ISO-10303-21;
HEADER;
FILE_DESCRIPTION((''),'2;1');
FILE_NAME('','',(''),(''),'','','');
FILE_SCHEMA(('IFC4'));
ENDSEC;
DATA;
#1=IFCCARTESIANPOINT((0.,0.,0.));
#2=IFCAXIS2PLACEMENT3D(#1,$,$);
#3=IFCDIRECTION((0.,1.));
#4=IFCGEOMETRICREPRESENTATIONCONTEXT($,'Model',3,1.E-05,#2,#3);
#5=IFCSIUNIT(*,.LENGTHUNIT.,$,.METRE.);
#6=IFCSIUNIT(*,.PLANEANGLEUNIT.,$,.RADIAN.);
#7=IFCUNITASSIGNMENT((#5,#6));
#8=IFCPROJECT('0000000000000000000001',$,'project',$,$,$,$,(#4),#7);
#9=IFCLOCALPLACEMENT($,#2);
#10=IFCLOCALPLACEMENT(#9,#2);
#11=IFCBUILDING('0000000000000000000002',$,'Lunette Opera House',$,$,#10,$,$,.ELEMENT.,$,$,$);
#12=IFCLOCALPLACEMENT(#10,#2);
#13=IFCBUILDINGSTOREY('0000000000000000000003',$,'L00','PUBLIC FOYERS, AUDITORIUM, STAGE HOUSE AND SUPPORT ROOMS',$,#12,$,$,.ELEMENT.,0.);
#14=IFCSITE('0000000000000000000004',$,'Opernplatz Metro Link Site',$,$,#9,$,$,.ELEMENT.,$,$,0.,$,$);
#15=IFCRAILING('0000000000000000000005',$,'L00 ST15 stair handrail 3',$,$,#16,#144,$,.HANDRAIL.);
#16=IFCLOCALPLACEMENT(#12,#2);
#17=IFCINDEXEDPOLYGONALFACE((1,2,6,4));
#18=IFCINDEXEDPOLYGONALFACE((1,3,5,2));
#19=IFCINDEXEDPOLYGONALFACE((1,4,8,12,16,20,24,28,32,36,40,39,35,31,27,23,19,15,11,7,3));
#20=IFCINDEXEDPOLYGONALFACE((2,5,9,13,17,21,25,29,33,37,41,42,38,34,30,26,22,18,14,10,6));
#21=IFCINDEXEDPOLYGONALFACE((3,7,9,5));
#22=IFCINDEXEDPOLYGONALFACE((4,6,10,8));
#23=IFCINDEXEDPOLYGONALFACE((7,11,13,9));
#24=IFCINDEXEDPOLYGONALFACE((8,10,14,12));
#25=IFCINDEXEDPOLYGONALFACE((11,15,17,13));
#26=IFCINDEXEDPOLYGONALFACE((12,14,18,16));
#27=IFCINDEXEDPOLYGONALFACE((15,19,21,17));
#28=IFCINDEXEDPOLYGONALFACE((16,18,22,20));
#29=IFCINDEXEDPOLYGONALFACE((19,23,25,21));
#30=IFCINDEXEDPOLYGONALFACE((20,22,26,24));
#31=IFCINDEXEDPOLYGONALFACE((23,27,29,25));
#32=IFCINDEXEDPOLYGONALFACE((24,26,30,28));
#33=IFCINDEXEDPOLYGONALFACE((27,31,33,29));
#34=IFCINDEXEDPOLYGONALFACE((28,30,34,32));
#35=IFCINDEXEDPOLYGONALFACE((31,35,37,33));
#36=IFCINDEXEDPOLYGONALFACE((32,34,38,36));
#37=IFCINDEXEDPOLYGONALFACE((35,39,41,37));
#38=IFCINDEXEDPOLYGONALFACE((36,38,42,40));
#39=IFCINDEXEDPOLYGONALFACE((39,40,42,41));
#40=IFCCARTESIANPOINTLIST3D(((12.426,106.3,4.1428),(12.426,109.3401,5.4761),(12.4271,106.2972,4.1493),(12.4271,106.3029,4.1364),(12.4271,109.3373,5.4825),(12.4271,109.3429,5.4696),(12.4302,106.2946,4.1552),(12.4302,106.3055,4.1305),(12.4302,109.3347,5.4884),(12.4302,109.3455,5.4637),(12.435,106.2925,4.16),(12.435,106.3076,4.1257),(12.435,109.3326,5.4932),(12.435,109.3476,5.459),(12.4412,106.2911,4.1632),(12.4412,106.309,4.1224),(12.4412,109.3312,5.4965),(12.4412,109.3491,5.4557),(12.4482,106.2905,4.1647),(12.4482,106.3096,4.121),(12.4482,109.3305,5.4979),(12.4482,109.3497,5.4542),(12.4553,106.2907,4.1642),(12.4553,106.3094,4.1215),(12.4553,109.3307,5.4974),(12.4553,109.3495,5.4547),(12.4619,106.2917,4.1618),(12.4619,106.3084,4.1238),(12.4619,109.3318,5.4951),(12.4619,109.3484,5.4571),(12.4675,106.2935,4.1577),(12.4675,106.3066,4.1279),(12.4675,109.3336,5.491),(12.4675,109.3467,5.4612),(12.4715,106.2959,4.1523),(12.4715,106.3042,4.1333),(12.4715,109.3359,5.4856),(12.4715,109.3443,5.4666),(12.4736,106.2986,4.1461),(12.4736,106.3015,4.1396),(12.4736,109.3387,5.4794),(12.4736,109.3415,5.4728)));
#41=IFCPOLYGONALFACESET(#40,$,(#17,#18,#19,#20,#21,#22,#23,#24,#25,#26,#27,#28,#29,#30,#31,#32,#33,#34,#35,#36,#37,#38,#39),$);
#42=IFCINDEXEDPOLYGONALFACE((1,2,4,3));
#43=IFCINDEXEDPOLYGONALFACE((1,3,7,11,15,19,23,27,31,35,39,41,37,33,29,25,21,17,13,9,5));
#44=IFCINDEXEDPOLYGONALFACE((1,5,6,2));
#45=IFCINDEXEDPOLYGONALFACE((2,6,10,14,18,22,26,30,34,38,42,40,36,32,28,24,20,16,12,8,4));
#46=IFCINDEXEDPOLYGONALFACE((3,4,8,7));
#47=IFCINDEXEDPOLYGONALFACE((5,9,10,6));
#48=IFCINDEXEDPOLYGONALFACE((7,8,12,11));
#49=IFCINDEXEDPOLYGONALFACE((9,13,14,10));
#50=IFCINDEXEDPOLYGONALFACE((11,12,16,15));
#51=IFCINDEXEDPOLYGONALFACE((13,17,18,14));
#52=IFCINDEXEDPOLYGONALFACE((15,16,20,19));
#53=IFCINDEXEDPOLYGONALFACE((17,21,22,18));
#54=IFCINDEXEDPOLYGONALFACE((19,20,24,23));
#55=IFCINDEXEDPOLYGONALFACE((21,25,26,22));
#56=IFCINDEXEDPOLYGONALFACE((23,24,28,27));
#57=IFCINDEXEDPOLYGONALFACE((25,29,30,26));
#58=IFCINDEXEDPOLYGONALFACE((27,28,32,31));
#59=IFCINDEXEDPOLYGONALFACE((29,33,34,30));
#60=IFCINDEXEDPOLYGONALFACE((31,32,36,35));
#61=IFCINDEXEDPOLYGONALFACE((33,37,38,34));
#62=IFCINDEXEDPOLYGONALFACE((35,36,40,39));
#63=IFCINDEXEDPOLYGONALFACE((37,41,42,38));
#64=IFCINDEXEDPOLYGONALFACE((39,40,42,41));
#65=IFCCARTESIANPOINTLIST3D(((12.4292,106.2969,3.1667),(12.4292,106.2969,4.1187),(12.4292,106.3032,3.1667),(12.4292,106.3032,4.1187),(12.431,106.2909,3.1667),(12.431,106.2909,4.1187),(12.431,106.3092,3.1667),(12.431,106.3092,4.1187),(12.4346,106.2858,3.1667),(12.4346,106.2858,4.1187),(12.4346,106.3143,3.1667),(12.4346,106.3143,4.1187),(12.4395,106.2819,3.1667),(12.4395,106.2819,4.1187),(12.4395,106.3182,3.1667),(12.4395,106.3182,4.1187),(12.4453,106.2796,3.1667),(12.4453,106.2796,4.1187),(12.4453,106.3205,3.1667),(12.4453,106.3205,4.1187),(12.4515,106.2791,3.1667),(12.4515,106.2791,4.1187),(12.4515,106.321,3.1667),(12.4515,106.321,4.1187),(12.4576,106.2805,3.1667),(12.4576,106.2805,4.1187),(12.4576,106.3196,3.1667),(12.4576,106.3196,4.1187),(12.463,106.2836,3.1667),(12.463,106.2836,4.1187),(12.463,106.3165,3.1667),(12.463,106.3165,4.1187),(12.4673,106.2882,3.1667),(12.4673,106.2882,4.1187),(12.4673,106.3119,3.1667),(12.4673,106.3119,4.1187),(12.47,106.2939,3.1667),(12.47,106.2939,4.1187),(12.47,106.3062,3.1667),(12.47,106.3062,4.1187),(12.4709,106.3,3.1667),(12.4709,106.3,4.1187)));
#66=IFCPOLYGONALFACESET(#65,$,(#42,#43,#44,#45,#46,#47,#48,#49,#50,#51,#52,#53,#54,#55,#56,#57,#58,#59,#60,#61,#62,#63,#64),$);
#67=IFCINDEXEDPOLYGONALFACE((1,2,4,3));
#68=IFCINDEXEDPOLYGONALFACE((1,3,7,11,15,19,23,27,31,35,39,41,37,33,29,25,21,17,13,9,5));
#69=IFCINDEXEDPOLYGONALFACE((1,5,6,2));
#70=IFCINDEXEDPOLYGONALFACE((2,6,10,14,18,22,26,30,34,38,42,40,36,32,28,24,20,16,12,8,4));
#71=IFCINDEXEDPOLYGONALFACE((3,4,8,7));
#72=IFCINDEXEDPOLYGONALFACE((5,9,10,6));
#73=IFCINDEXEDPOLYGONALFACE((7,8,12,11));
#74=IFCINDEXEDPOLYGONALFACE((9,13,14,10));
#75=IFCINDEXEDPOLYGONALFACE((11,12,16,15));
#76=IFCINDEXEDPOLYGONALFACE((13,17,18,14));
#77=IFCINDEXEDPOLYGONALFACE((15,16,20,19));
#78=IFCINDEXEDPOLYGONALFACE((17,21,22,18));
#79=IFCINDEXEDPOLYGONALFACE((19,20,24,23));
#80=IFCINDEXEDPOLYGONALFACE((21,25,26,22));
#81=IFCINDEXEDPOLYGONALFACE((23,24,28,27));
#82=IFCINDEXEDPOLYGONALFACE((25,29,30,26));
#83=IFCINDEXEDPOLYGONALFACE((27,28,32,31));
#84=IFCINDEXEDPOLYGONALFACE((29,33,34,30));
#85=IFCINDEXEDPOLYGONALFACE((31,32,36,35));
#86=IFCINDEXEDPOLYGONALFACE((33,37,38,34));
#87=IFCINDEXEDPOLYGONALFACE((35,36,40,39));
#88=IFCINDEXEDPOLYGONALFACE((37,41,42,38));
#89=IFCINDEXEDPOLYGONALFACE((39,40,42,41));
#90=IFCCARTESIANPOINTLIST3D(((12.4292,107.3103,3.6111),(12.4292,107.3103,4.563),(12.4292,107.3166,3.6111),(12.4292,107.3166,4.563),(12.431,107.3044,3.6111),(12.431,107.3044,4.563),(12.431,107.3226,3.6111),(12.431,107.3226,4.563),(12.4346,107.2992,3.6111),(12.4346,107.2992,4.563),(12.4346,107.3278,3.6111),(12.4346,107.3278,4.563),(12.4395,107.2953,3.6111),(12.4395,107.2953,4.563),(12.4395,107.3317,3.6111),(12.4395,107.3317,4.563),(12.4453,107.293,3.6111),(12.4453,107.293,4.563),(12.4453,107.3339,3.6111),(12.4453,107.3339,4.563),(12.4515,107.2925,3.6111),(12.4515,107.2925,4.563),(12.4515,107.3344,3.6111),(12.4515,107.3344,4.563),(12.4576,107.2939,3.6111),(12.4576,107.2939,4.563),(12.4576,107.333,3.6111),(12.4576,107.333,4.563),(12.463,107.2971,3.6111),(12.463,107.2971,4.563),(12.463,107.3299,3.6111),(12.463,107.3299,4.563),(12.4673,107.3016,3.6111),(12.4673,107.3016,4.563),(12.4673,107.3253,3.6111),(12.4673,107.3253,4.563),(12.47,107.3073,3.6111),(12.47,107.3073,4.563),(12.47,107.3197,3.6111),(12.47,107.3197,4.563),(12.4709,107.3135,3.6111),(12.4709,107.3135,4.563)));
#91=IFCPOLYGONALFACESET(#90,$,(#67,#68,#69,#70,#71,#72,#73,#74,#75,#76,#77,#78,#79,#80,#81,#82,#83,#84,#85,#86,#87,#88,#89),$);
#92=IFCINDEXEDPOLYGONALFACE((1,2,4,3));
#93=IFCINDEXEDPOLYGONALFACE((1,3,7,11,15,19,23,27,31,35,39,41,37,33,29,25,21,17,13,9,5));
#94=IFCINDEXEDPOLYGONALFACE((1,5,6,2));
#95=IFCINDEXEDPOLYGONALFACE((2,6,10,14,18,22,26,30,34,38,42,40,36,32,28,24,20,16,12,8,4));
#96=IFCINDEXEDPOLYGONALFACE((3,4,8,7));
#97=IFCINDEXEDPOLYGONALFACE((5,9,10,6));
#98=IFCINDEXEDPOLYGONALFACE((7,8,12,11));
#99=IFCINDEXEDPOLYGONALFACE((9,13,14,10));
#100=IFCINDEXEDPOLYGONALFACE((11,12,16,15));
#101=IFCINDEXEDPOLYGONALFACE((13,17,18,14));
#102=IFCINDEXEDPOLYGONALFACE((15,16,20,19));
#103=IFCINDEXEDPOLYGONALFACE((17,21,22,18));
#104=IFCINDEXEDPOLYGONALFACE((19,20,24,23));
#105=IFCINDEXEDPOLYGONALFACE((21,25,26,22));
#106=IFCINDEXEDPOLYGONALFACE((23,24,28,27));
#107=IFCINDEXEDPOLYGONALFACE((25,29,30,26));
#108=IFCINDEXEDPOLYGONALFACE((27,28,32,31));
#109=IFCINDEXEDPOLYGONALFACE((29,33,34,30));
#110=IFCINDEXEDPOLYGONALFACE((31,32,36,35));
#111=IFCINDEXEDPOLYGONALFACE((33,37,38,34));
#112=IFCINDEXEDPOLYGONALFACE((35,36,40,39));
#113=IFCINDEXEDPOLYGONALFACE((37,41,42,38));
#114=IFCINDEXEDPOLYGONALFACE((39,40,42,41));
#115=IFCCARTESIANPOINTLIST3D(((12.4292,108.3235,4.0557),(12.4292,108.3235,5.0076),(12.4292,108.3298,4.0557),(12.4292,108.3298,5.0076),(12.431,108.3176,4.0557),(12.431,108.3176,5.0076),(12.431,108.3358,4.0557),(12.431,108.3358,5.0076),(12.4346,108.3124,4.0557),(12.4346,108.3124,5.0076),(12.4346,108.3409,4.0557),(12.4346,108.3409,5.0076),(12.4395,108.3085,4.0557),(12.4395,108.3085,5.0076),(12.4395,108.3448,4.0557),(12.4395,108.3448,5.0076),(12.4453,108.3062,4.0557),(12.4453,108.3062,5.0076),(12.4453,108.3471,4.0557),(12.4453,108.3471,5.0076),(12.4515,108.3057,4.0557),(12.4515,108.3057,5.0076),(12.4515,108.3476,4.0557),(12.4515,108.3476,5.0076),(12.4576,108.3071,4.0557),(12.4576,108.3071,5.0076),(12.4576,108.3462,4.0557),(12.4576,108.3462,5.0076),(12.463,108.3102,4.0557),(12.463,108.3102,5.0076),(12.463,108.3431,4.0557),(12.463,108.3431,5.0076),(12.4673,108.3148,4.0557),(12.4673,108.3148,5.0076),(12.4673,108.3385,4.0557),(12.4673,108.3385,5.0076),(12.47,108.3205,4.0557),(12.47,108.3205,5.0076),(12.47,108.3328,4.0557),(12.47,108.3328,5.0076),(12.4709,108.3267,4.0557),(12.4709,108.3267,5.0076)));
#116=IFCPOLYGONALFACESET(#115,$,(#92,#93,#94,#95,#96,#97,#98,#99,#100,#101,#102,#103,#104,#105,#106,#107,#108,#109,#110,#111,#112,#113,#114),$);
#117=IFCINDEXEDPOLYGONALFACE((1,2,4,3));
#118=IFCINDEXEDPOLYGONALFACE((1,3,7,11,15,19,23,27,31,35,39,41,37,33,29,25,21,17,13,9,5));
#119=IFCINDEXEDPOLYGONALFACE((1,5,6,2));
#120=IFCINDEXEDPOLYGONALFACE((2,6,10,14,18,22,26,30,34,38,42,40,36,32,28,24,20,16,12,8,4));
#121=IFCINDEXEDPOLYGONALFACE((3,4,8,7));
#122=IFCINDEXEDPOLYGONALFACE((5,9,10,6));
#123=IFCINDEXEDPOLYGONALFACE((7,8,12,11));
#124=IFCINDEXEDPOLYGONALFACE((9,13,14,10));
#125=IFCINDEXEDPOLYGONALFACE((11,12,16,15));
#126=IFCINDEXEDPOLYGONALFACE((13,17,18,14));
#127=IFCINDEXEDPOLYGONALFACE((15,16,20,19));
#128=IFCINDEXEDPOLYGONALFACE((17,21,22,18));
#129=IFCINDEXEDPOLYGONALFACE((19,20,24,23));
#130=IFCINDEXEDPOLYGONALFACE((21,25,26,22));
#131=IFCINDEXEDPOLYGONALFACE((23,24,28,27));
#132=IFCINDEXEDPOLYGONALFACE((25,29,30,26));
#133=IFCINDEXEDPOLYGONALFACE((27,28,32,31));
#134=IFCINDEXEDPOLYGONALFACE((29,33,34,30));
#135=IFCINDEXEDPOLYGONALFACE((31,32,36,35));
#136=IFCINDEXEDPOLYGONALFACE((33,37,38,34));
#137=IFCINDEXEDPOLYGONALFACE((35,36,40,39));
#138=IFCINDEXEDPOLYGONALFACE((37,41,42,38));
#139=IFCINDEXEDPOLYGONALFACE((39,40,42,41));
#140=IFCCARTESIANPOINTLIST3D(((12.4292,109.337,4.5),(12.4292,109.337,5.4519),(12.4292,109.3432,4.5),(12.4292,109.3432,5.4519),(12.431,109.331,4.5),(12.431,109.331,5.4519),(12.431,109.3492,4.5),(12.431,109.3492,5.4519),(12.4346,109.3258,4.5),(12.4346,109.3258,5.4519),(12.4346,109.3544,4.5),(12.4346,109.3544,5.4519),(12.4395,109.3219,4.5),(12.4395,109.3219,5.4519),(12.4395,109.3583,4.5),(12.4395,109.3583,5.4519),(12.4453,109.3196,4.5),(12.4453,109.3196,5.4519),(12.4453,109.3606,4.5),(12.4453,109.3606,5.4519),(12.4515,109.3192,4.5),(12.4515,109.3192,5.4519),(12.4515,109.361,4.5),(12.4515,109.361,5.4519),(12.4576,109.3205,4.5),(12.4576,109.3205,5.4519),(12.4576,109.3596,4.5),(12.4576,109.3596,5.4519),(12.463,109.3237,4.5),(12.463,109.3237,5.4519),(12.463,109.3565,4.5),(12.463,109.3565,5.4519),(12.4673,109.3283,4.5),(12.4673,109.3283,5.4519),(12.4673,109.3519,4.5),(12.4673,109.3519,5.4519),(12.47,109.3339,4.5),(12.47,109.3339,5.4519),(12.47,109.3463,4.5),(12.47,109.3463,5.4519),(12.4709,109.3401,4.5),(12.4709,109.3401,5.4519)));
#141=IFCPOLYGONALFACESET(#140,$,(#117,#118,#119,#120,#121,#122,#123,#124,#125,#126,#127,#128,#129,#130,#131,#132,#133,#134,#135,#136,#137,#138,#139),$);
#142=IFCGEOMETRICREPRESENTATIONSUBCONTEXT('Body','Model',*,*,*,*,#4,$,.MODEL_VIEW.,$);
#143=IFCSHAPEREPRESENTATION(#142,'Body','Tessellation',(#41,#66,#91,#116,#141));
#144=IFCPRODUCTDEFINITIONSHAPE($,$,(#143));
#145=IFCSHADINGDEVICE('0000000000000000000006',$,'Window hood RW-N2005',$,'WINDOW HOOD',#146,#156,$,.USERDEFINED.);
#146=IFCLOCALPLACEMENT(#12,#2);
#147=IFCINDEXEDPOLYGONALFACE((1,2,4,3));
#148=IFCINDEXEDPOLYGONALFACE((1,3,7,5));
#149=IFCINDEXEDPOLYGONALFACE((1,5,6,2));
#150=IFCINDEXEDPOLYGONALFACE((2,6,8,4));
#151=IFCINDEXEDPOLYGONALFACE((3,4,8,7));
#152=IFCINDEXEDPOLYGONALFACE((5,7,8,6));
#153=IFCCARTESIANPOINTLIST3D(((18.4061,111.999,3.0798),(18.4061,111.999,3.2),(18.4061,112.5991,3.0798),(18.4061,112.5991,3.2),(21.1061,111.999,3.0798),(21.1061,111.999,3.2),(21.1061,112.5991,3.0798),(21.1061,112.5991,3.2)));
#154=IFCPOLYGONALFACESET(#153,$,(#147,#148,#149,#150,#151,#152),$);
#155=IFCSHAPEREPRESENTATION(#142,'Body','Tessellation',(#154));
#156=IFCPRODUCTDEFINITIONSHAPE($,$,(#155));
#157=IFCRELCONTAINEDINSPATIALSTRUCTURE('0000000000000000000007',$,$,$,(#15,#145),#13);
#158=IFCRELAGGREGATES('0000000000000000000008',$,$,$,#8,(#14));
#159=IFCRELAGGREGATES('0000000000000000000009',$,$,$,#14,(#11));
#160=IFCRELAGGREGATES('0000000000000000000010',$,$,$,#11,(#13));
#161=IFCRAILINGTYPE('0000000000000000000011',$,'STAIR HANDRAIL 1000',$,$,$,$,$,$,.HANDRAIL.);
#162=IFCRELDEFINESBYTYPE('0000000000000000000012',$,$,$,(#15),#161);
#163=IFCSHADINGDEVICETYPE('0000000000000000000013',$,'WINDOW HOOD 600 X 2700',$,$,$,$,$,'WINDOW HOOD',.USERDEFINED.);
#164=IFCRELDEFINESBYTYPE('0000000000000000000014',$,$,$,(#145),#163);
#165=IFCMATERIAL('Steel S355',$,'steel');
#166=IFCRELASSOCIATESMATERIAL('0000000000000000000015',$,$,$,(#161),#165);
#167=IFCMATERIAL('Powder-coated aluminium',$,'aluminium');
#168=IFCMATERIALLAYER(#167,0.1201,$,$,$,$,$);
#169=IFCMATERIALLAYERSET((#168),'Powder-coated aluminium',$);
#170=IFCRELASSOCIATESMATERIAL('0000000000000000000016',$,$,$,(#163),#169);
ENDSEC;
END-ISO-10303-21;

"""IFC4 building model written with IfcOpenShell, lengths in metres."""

from ifc_helpers import new_model, si_unit, direction, frame, origin, origin_2d, place, context, subcontext, project, spatial, rectangle, circle, extrude, material, layer, layer_set, type_object, element, save


model = new_model("IFC4")

# Units and contexts
model_context = context("Model", 3, precision=1e-05, world=origin(), true_north=direction((0.0, 1.0)))
body_context = subcontext(model_context, "Body", "Model", "MODEL_VIEW")
ifc_project = project(units=[si_unit("LENGTHUNIT", "METRE"), si_unit("PLANEANGLEUNIT", "RADIAN")], contexts=[model_context])

# Site, building, storey
site_placement = place(None, origin())
site = spatial("IfcSite", under=ifc_project, at=site_placement, Name="Opernplatz Metro Link Site", CompositionType="ELEMENT", RefElevation=0.0)
building_placement = place(site_placement, origin())
building = spatial("IfcBuilding", under=site, at=building_placement, Name="Lunette Opera House", CompositionType="ELEMENT")
storey_placement = place(building_placement, origin())
storey = spatial("IfcBuildingStorey", under=building, at=storey_placement, Name="L00", Description="PUBLIC FOYERS, AUDITORIUM, STAGE HOUSE AND SUPPORT ROOMS", CompositionType="ELEMENT", Elevation=0.0)

# Railing
ifc_material_1 = material(Name="Steel S355", Category="steel")
railing_type = type_object("IfcRailingType", Name="STAIR HANDRAIL 1000", PredefinedType="HANDRAIL", material=ifc_material_1)
for number, where, name in (
    (1, (12.45, 106.3, 3.1667), "L00 ST15 stair handrail 3"),
):
    element("IfcRailing", number, at=place(storey_placement, frame(where)), inside=storey, type_object=railing_type, Name=name, PredefinedType="HANDRAIL", context=body_context, shape_type="SweptSolid", body=[
        extrude(circle(Radius=0.0239, at=origin_2d()), frame((0.0, 0.0, 0.9761), z_axis=(0.0, 0.915799, 0.401637), x_axis=(-1.0, 0.0, 0.0)), (0.0, 0.0, 1.0), 3.3196),
        extrude(circle(Radius=0.021, at=origin_2d()), origin(), (0.0, 0.0, 1.0), 0.9519),
        extrude(circle(Radius=0.021, at=origin_2d()), frame((0.0, 1.0134, 0.4443)), (0.0, 0.0, 1.0), 0.9519),
        extrude(circle(Radius=0.021, at=origin_2d()), frame((0.0, 2.0266, 0.8889)), (0.0, 0.0, 1.0), 0.9519),
        extrude(circle(Radius=0.021, at=origin_2d()), frame((0.0, 3.04, 1.3333)), (0.0, 0.0, 1.0), 0.9519),
    ])

# Shading device
ifc_material_2 = material(Name="Powder-coated aluminium", Category="aluminium")
ifc_layer_1 = layer(ifc_material_2, 0.1201)
ifc_layer_set_1 = layer_set([ifc_layer_1], Name="Powder-coated aluminium")
shading_device_type = type_object("IfcShadingDeviceType", Name="WINDOW HOOD 600 X 2700", ElementType="WINDOW HOOD", PredefinedType="USERDEFINED", material=ifc_layer_set_1)
shading_device_placement = place(storey_placement, frame((19.7561, 112.2991, 3.0798), z_axis=(0.0, 0.0, 1.0), x_axis=(0.0, 1.0, 0.0)))
element("IfcShadingDevice", 2, at=shading_device_placement, inside=storey, type_object=shading_device_type, Name="Window hood RW-N2005", ObjectType="WINDOW HOOD", PredefinedType="USERDEFINED", context=body_context, shape_type="SweptSolid", body=[
    extrude(rectangle(XDim=0.6001, YDim=2.7, at=origin_2d()), origin(), (0.0, 0.0, 1.0), 0.1201),
])

save(model, "model.ifc")
